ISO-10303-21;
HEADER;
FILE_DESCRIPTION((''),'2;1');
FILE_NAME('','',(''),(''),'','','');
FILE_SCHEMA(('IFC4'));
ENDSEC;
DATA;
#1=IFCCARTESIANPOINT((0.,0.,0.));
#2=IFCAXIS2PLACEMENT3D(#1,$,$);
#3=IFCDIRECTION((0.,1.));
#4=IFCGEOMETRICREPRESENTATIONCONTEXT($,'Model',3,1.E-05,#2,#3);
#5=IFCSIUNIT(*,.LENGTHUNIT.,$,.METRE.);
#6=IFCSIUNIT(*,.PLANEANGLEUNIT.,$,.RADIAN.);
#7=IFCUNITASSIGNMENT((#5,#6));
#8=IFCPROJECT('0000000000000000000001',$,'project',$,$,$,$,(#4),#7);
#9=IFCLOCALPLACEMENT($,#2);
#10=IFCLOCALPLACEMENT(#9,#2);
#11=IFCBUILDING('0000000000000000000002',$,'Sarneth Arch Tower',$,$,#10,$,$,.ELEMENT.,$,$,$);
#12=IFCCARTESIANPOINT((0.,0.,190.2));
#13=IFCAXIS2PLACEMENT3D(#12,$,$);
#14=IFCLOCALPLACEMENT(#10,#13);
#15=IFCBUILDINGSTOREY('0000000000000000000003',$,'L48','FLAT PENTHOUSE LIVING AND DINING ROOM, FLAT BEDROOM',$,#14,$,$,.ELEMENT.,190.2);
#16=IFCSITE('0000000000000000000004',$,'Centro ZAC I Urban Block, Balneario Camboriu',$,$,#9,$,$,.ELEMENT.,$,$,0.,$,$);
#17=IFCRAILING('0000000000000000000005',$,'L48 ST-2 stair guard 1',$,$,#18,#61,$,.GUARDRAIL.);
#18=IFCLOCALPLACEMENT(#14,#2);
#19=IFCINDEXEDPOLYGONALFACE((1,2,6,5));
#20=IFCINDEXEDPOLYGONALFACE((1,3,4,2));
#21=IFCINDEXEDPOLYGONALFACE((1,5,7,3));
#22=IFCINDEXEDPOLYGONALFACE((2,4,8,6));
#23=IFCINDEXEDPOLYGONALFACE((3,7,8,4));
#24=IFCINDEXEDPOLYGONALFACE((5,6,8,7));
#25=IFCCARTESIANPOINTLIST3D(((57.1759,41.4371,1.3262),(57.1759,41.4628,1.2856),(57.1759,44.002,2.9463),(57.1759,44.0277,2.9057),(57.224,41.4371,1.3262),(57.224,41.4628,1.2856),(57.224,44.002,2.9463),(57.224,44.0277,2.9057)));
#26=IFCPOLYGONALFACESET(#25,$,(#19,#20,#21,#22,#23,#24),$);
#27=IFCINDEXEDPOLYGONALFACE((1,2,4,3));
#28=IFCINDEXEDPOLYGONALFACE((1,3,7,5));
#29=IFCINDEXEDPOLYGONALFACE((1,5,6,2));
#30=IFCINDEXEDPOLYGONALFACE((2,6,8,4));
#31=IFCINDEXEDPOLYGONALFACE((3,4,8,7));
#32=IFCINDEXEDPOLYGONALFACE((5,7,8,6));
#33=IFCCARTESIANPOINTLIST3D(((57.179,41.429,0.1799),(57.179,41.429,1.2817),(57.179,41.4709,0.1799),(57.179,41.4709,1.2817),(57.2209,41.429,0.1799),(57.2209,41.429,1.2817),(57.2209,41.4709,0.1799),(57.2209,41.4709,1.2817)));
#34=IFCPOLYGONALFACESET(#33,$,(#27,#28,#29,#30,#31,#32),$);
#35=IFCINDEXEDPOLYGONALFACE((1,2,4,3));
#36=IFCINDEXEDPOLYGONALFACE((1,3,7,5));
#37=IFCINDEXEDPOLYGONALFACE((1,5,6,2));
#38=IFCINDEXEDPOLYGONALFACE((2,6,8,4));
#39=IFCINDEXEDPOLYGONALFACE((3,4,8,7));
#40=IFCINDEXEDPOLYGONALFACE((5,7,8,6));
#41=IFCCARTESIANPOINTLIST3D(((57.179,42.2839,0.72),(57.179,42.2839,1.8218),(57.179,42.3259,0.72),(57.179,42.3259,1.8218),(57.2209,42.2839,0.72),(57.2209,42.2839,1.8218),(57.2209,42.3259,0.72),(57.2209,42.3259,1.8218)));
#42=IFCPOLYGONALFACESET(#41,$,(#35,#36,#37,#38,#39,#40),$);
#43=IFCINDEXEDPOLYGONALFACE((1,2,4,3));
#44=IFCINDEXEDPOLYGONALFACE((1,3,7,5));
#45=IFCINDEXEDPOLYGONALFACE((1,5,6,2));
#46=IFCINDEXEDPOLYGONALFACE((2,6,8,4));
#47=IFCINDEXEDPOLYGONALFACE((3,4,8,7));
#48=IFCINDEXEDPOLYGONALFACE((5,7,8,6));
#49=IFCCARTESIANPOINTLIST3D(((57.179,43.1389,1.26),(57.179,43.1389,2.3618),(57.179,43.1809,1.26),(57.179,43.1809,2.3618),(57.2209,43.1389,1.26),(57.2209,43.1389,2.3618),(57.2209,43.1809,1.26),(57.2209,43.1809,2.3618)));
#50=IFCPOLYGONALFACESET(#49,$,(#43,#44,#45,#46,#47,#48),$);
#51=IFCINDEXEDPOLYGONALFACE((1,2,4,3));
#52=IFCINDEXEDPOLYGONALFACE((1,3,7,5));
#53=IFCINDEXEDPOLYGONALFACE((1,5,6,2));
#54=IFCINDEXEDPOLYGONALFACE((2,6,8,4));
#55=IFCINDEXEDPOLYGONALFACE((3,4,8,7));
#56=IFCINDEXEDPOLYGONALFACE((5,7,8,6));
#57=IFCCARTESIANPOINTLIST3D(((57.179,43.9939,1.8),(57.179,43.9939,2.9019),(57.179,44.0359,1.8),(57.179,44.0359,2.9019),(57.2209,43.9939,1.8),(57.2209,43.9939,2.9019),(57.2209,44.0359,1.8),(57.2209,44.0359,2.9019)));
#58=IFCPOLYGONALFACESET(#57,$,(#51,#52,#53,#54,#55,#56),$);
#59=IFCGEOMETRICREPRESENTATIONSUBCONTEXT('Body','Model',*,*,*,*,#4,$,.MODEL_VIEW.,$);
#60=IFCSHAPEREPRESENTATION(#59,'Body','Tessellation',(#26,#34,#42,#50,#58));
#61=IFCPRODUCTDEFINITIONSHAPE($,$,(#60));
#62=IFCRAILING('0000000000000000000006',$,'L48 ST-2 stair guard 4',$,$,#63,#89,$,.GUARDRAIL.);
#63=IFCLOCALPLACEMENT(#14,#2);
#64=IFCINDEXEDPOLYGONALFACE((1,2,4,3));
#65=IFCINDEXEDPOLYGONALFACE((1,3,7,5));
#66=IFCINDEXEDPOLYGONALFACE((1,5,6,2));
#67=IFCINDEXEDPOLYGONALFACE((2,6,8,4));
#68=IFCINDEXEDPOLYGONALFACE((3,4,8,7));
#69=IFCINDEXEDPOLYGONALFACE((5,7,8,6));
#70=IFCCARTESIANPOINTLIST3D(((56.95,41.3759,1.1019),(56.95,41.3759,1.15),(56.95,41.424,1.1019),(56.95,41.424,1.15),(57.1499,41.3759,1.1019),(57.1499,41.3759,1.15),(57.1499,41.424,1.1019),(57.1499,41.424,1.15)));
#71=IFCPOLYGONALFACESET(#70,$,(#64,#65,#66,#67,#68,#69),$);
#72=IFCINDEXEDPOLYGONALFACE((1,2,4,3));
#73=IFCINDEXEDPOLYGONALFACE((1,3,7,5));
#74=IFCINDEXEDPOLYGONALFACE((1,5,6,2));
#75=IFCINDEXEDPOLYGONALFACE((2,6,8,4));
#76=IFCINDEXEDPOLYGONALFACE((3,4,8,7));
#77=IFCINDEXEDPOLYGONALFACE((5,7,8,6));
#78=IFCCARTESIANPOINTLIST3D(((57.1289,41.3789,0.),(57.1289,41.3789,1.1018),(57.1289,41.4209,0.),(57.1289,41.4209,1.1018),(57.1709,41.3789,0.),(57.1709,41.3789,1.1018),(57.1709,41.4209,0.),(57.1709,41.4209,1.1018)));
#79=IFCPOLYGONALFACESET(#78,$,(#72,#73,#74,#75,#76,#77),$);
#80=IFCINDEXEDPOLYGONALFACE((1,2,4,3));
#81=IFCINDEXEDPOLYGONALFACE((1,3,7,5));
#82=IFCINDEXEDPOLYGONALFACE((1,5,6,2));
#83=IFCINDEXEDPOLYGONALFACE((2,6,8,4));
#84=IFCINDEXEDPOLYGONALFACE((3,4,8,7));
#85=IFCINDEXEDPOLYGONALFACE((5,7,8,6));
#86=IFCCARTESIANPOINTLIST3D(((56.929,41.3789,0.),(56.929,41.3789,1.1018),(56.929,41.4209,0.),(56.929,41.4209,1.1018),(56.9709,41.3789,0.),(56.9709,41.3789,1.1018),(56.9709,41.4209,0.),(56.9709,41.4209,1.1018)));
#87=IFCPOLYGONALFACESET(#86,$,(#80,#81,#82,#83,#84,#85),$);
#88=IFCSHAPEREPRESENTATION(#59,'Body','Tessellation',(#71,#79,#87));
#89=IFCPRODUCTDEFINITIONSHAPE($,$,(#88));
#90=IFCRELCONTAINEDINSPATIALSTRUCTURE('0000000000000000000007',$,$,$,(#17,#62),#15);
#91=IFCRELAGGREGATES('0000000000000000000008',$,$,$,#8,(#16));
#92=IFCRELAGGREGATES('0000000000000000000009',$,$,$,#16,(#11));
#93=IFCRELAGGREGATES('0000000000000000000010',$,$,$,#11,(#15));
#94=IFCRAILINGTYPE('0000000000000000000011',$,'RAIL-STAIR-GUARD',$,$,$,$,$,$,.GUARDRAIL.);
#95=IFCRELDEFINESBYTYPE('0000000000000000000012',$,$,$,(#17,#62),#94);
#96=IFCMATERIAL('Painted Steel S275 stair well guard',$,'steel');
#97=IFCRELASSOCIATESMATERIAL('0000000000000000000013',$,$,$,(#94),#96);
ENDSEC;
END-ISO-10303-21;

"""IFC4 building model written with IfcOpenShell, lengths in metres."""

from ifc_helpers import new_model, si_unit, direction, frame, origin, origin_2d, place, context, subcontext, project, spatial, rectangle, extrude, material, type_object, element, save


model = new_model("IFC4")

# Units and contexts
model_context = context("Model", 3, precision=1e-05, world=origin(), true_north=direction((0.0, 1.0)))
body_context = subcontext(model_context, "Body", "Model", "MODEL_VIEW")
ifc_project = project(units=[si_unit("LENGTHUNIT", "METRE"), si_unit("PLANEANGLEUNIT", "RADIAN")], contexts=[model_context])

# Site, building, storey
site_placement = place(None, origin())
site = spatial("IfcSite", under=ifc_project, at=site_placement, Name="Centro ZAC I Urban Block, Balneario Camboriu", CompositionType="ELEMENT", RefElevation=0.0)
building_placement = place(site_placement, origin())
building = spatial("IfcBuilding", under=site, at=building_placement, Name="Sarneth Arch Tower", CompositionType="ELEMENT")
storey_placement = place(building_placement, frame((0.0, 0.0, 190.2)))
storey = spatial("IfcBuildingStorey", under=building, at=storey_placement, Name="L48", Description="FLAT PENTHOUSE LIVING AND DINING ROOM, FLAT BEDROOM", CompositionType="ELEMENT", Elevation=190.2)

# Railings
ifc_material_1 = material(Name="Painted Steel S275 stair well guard", Category="steel")
railing_type_1 = type_object("IfcRailingType", Name="RAIL-STAIR-GUARD", PredefinedType="GUARDRAIL", material=ifc_material_1)
railing_1_placement = place(storey_placement, frame((57.2, 41.45, 0.1799)))
element("IfcRailing", 1, at=railing_1_placement, inside=storey, type_object=railing_type_1, Name="L48 ST-2 stair guard 1", PredefinedType="GUARDRAIL", context=body_context, shape_type="SweptSolid", body=[
    extrude(rectangle(XDim=0.0481, YDim=0.0481, at=origin_2d()), frame((0.0, 0.0, 1.126), z_axis=(0.0, 0.845466, 0.534029), x_axis=(-1.0, 0.0, 0.0)), (0.0, 0.0, 1.0), 3.0337),
    extrude(rectangle(XDim=0.042, YDim=0.042, at=origin_2d()), origin(), (0.0, 0.0, 1.0), 1.1018),
    extrude(rectangle(XDim=0.042, YDim=0.042, at=origin_2d()), frame((0.0, 0.855, 0.54)), (0.0, 0.0, 1.0), 1.1018),
    extrude(rectangle(XDim=0.042, YDim=0.042, at=origin_2d()), frame((0.0, 1.71, 1.0801)), (0.0, 0.0, 1.0), 1.1018),
    extrude(rectangle(XDim=0.042, YDim=0.042, at=origin_2d()), frame((0.0, 2.5649, 1.6201)), (0.0, 0.0, 1.0), 1.1018),
])
railing_2_placement = place(storey_placement, frame((57.1499, 41.3999, 0.0)))
element("IfcRailing", 2, at=railing_2_placement, inside=storey, type_object=railing_type_1, Name="L48 ST-2 stair guard 4", PredefinedType="GUARDRAIL", context=body_context, shape_type="SweptSolid", body=[
    extrude(rectangle(XDim=0.0481, YDim=0.0481, at=origin_2d()), frame((0.0, 0.0, 1.126), z_axis=(-1.0, 0.0, 0.0), x_axis=(0.0, -1.0, 0.0)), (0.0, 0.0, 1.0), 0.2),
    extrude(rectangle(XDim=0.042, YDim=0.042, at=origin_2d()), origin(), (0.0, 0.0, 1.0), 1.1018),
    extrude(rectangle(XDim=0.042, YDim=0.042, at=origin_2d()), frame((-0.2, 0.0, 0.0)), (0.0, 0.0, 1.0), 1.1018),
])

save(model, "model.ifc")
